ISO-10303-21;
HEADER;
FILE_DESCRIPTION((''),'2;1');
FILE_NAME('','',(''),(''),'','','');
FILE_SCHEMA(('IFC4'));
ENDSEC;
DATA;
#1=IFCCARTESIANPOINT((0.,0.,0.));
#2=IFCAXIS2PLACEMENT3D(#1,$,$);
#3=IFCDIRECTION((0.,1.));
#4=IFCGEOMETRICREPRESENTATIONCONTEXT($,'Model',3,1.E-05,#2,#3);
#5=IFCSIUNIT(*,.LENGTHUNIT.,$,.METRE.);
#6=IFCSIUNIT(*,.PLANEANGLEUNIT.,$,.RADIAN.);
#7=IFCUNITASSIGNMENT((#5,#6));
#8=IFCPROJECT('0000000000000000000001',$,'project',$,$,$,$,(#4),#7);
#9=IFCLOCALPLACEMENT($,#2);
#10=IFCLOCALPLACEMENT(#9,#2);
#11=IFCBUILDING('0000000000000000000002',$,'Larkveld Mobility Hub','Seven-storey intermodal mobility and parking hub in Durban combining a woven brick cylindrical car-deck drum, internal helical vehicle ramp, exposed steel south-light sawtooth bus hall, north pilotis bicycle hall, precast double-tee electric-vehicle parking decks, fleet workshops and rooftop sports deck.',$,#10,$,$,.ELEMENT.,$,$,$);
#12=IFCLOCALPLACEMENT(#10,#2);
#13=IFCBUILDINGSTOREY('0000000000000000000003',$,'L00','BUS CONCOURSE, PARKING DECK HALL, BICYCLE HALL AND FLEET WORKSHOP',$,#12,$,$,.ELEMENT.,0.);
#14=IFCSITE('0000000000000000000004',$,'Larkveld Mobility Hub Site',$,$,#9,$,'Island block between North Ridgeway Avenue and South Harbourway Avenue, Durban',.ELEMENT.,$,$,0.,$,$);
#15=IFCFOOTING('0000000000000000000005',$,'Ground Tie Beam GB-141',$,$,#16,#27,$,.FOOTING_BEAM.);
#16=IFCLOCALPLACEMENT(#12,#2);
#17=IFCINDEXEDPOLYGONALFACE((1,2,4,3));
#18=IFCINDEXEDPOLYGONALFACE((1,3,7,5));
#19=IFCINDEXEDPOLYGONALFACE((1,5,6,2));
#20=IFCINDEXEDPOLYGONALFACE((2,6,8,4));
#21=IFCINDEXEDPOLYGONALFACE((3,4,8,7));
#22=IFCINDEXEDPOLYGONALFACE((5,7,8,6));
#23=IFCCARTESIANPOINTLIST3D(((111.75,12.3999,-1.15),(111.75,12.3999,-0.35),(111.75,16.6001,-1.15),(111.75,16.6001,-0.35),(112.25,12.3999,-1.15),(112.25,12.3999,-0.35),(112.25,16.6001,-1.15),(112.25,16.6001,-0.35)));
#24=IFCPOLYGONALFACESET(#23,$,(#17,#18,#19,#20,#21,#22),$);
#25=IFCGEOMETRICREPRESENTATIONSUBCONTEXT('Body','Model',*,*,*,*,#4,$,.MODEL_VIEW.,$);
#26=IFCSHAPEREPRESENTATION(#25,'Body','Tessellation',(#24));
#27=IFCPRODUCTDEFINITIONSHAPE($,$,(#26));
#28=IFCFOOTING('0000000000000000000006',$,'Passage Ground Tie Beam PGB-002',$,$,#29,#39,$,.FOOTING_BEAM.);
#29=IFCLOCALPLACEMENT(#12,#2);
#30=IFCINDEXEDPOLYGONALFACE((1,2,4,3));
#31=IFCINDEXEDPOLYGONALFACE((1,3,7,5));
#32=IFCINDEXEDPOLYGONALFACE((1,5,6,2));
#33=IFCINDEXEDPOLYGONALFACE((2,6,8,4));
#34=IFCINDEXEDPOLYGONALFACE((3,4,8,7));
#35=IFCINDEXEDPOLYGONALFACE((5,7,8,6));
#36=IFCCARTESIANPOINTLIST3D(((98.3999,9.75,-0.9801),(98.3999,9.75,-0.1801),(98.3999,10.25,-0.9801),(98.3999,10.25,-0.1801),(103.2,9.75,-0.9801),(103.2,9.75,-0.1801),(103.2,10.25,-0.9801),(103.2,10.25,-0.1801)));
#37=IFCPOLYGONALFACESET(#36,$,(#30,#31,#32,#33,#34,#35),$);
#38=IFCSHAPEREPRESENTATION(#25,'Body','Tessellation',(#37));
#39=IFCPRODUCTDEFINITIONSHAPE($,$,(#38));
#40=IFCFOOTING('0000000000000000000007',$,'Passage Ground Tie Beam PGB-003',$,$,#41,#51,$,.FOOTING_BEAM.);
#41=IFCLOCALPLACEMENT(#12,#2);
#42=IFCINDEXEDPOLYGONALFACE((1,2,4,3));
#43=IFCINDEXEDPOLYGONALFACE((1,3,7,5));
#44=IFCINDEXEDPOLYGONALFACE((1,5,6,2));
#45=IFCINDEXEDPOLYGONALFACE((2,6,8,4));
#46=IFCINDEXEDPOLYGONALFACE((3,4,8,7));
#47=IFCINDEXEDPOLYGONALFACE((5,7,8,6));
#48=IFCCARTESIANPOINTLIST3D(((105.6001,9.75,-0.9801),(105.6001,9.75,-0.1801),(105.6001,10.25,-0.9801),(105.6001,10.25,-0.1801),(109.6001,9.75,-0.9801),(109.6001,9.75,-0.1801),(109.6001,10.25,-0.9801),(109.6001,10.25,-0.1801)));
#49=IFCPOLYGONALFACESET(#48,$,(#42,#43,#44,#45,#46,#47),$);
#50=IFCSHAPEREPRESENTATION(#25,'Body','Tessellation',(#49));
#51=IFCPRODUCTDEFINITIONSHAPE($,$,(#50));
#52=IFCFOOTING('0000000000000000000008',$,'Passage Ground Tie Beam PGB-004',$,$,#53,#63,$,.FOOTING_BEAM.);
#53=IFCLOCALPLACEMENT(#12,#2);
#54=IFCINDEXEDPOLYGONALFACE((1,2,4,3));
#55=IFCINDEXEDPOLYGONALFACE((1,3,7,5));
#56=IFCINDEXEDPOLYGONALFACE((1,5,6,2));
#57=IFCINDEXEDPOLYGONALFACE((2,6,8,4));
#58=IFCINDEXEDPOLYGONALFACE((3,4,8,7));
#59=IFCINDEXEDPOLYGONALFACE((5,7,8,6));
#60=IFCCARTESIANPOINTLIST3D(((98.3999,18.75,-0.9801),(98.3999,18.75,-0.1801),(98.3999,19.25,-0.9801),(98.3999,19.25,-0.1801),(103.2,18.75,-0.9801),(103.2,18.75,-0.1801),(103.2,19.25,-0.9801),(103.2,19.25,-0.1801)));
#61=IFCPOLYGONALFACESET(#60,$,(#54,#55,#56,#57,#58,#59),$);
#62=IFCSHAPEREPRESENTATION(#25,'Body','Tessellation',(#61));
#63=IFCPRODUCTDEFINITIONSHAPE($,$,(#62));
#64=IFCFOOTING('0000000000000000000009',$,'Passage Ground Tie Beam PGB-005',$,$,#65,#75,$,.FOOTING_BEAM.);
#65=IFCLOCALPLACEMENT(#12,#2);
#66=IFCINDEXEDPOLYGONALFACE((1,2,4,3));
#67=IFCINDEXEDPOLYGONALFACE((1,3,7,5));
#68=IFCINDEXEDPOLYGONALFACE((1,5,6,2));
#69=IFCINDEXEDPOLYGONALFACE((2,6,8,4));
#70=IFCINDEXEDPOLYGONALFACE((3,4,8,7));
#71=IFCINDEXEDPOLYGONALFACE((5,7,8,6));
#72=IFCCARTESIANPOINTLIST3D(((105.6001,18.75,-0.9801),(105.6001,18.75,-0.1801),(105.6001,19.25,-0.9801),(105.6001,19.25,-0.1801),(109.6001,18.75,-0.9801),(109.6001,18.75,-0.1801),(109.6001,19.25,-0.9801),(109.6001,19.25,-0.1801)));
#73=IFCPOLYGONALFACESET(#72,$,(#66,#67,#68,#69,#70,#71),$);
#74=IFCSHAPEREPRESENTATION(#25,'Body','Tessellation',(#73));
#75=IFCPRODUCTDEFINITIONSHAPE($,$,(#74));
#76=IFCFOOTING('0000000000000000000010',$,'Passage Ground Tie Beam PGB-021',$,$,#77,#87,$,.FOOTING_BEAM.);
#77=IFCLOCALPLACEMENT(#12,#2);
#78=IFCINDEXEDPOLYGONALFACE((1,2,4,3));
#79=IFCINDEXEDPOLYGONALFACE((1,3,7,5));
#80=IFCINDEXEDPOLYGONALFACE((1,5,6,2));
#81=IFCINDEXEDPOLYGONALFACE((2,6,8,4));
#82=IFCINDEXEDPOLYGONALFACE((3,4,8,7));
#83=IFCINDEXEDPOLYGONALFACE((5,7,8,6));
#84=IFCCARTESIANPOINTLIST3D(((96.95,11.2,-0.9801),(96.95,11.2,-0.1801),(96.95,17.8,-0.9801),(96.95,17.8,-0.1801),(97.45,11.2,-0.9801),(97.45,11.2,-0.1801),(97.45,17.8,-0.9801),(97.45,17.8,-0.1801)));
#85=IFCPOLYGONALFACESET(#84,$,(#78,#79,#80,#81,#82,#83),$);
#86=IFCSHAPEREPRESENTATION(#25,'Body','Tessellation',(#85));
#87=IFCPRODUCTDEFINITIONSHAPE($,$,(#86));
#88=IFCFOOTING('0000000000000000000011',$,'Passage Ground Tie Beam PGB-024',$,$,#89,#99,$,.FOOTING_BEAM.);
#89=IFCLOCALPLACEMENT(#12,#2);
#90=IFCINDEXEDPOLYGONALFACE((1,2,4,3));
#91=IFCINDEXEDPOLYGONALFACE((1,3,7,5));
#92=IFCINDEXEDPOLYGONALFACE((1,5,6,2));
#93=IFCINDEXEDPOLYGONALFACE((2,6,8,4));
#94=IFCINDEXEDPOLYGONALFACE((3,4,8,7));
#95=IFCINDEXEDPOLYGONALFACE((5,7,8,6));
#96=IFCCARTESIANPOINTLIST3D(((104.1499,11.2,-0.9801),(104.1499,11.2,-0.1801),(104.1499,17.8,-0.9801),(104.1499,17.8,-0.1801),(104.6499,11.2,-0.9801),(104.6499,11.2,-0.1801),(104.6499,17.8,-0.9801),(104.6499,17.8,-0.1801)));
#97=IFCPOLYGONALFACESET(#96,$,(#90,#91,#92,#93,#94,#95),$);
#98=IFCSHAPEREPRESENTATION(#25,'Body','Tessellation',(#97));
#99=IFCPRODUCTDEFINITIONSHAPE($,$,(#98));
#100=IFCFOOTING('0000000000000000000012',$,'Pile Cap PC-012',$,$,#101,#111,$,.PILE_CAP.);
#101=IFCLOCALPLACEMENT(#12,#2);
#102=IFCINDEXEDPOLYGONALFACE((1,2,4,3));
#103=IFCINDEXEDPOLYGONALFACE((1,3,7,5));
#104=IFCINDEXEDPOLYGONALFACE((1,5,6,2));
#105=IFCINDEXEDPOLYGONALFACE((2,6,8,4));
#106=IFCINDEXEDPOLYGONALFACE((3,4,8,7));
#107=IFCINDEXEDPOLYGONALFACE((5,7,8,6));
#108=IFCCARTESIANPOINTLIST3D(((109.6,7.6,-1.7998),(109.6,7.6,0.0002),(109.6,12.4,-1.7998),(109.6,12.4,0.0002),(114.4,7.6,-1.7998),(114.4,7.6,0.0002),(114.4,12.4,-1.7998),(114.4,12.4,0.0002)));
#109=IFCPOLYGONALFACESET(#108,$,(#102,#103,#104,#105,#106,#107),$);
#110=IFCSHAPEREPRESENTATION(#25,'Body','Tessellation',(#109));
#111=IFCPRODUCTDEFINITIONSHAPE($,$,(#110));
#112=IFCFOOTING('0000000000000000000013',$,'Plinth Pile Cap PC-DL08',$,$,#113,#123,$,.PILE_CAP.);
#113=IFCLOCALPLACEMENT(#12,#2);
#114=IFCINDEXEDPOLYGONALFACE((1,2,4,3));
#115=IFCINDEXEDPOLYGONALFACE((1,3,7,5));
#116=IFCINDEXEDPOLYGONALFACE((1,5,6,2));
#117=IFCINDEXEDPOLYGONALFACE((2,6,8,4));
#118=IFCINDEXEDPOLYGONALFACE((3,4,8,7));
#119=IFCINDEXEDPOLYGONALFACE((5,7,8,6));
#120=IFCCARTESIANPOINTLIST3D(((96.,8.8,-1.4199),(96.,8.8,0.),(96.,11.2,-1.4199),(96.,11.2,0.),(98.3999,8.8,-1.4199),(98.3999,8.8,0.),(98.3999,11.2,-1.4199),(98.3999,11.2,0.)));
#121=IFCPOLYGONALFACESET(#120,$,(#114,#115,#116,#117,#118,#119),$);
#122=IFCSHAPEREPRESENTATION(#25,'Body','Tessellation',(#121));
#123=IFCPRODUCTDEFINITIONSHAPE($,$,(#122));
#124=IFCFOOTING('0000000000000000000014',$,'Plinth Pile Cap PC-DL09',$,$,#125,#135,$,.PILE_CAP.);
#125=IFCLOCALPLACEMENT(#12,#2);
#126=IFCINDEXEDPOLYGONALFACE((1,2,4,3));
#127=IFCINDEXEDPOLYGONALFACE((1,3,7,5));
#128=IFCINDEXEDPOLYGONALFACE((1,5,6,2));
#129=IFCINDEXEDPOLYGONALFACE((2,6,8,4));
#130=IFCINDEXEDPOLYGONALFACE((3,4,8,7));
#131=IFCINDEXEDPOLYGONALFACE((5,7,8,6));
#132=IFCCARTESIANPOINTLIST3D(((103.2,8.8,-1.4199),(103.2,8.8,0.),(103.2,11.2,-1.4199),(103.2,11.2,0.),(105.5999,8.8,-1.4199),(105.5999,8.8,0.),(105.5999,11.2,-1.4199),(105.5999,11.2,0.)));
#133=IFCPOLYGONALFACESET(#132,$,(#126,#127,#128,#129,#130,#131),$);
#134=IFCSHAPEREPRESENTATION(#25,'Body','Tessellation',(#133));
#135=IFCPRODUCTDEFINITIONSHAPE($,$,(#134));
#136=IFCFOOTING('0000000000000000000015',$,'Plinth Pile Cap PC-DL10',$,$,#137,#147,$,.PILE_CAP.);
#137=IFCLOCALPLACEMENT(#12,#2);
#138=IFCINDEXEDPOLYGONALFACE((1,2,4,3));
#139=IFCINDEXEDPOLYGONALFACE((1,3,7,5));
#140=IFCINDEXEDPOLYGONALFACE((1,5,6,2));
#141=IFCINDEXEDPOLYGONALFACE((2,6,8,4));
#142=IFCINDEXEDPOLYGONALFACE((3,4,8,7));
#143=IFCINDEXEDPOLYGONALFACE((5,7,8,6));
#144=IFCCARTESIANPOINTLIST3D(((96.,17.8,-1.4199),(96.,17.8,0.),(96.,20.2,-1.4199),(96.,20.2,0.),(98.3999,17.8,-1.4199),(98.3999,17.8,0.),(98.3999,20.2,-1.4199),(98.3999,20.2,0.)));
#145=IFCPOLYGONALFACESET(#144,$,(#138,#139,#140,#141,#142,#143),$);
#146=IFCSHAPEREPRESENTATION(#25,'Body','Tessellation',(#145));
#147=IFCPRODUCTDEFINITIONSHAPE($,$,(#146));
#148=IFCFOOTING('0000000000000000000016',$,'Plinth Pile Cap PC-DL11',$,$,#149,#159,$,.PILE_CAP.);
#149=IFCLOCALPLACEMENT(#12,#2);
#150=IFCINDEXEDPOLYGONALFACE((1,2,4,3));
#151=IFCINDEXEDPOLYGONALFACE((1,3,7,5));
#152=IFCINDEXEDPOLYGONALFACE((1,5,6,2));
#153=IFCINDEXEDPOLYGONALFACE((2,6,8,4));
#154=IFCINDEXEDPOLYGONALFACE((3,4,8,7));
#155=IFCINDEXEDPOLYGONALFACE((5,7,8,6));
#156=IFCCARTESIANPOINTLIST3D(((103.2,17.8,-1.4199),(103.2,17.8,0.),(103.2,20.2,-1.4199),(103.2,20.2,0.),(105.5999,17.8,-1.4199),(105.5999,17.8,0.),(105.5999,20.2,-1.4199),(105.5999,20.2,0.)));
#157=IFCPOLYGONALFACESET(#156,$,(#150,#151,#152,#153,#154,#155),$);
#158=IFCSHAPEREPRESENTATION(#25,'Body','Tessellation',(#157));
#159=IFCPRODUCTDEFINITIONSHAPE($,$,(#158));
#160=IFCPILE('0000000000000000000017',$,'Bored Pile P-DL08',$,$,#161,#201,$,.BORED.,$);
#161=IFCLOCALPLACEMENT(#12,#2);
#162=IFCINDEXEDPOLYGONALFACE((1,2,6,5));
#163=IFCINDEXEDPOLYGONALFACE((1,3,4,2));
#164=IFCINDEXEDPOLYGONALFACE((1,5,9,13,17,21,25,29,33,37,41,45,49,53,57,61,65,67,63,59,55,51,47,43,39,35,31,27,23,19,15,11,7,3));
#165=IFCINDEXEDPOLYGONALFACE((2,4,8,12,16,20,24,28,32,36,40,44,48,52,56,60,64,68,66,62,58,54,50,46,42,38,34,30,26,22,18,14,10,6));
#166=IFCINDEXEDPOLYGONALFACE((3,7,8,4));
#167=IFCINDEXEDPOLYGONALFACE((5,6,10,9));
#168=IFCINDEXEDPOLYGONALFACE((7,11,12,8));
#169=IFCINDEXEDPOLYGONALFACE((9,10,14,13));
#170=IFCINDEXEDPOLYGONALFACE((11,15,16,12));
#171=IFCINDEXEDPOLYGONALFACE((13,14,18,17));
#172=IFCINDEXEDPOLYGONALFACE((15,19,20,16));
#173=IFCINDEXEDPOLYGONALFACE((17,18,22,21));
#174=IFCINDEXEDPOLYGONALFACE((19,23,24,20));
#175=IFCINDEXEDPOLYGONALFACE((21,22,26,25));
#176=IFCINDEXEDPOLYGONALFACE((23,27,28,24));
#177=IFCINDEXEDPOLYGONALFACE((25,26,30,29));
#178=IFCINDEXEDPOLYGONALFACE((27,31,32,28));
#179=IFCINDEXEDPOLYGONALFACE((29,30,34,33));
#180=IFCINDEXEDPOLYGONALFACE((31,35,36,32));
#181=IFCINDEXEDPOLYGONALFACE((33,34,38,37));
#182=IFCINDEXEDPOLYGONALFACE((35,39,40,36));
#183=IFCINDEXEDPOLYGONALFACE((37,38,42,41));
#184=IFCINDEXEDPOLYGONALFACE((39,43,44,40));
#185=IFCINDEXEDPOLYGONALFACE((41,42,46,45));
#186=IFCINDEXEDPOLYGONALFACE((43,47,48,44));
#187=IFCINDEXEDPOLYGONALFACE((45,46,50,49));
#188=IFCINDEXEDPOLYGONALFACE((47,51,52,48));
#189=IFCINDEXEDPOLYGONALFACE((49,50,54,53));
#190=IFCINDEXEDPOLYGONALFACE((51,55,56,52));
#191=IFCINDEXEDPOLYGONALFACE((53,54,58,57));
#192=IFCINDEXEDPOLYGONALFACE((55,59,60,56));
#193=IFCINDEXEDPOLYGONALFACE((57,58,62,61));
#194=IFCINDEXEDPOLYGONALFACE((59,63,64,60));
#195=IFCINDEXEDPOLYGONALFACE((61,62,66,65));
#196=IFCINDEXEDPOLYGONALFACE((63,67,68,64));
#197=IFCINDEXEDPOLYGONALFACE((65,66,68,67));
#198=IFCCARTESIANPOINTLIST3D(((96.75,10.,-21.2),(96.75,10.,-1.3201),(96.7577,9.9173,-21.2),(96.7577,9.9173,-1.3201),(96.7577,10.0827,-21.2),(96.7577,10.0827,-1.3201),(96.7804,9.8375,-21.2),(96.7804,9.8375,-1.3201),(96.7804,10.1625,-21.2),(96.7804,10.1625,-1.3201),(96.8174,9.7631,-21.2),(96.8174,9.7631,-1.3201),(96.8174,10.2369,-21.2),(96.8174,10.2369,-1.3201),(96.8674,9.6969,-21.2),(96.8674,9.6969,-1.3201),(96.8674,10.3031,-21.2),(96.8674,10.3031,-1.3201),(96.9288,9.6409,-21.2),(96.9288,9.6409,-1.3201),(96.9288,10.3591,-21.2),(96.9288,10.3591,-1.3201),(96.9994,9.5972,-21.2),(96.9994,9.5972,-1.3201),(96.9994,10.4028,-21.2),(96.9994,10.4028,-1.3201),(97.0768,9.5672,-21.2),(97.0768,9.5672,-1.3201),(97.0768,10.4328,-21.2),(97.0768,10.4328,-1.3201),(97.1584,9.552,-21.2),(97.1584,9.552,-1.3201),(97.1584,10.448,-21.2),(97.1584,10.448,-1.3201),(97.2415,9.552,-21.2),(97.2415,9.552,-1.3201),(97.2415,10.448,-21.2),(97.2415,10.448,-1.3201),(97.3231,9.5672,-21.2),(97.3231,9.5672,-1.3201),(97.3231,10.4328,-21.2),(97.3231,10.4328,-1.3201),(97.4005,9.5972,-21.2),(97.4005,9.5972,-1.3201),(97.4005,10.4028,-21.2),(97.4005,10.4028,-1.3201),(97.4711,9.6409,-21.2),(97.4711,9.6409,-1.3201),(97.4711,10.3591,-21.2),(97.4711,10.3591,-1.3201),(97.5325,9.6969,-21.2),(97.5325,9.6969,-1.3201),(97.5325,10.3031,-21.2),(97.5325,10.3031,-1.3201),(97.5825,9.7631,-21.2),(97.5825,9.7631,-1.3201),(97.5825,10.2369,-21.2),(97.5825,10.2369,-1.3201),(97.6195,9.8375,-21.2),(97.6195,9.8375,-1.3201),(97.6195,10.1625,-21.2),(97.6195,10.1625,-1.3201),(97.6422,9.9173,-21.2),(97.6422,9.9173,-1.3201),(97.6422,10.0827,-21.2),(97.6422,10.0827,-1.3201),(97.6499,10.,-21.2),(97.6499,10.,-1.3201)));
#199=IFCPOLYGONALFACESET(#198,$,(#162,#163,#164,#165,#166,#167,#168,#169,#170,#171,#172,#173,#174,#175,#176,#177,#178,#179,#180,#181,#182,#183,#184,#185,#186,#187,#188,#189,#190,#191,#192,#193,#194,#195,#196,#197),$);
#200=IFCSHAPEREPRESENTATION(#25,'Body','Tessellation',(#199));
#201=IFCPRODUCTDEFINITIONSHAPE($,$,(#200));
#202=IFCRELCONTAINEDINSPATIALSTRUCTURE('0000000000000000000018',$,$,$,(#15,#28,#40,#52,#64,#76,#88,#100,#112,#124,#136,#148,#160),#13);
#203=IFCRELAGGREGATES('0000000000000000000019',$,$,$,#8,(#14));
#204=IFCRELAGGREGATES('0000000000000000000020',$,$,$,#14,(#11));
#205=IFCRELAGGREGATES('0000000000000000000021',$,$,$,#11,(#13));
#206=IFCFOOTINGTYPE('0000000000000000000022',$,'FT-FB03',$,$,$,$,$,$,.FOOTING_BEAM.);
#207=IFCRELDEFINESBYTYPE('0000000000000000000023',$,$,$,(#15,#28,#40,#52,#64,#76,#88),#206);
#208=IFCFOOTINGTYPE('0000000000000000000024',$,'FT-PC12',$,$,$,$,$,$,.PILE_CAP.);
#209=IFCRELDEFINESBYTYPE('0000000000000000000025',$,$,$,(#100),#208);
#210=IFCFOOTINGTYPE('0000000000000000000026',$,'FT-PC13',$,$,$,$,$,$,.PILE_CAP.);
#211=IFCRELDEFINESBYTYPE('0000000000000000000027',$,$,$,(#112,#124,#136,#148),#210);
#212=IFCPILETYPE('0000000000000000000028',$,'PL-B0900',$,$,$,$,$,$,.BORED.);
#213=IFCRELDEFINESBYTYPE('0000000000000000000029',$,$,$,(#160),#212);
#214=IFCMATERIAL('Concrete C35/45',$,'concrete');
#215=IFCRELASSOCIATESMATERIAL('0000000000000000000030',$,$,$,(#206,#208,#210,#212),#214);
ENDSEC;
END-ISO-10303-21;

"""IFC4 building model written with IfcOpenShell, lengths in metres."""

from ifc_helpers import new_model, si_unit, direction, frame, origin, origin_2d, place, context, subcontext, project, spatial, rectangle, circle, extrude, material, material_profile, profile_set, type_object, element, save


model = new_model("IFC4")

# Units and contexts
model_context = context("Model", 3, precision=1e-05, world=origin(), true_north=direction((0.0, 1.0)))
body_context = subcontext(model_context, "Body", "Model", "MODEL_VIEW")
ifc_project = project(units=[si_unit("LENGTHUNIT", "METRE"), si_unit("PLANEANGLEUNIT", "RADIAN")], contexts=[model_context])

# Site, building, storey
site_placement = place(None, origin())
site = spatial("IfcSite", under=ifc_project, at=site_placement, Name="Larkveld Mobility Hub Site", LongName="Island block between North Ridgeway Avenue and South Harbourway Avenue, Durban", CompositionType="ELEMENT", RefElevation=0.0)
building_placement = place(site_placement, origin())
building = spatial("IfcBuilding", under=site, at=building_placement, Name="Larkveld Mobility Hub", Description="Seven-storey intermodal mobility and parking hub in Durban combining a woven brick cylindrical car-deck drum, internal helical vehicle ramp, exposed steel south-light sawtooth bus hall, north pilotis bicycle hall, precast double-tee electric-vehicle parking decks, fleet workshops and rooftop sports deck.", CompositionType="ELEMENT")
storey_placement = place(building_placement, origin())
storey = spatial("IfcBuildingStorey", under=building, at=storey_placement, Name="L00", Description="BUS CONCOURSE, PARKING DECK HALL, BICYCLE HALL AND FLEET WORKSHOP", CompositionType="ELEMENT", Elevation=0.0)

# Footings
ifc_material_1 = material(Name="Concrete C35/45", Category="concrete")
ifc_material_profile_1 = material_profile(ifc_material_1, rectangle(XDim=0.5, YDim=0.8, at=origin_2d()), Name="RC BM 500x800")
ifc_profile_set_1 = profile_set([ifc_material_profile_1], Name="Concrete C35/45")
footing_type_1 = type_object("IfcFootingType", Name="FT-FB03", PredefinedType="FOOTING_BEAM", material=ifc_profile_set_1)
footing_1_placement = place(storey_placement, frame((112.0, 12.3999, -0.75), z_axis=(0.0, 1.0, 0.0), x_axis=(-1.0, 0.0, 0.0)))
element("IfcFooting", 1, at=footing_1_placement, inside=storey, type_object=footing_type_1, Name="Ground Tie Beam GB-141", PredefinedType="FOOTING_BEAM", context=body_context, shape_type="SweptSolid", body=[
    extrude(rectangle(XDim=0.5, YDim=0.8, at=origin_2d()), origin(), (0.0, 0.0, 1.0), 4.2002),
])
footing_2_placement = place(storey_placement, frame((98.3999, 10.0, -0.5801), z_axis=(1.0, 0.0, 0.0), x_axis=(0.0, 1.0, 0.0)))
element("IfcFooting", 2, at=footing_2_placement, inside=storey, type_object=footing_type_1, Name="Passage Ground Tie Beam PGB-002", PredefinedType="FOOTING_BEAM", context=body_context, shape_type="SweptSolid", body=[
    extrude(rectangle(XDim=0.5, YDim=0.8, at=origin_2d()), origin(), (0.0, 0.0, 1.0), 4.8),
])
footing_3_placement = place(storey_placement, frame((105.6001, 10.0, -0.5801), z_axis=(1.0, 0.0, 0.0), x_axis=(0.0, 1.0, 0.0)))
element("IfcFooting", 3, at=footing_3_placement, inside=storey, type_object=footing_type_1, Name="Passage Ground Tie Beam PGB-003", PredefinedType="FOOTING_BEAM", context=body_context, shape_type="SweptSolid", body=[
    extrude(rectangle(XDim=0.5, YDim=0.8, at=origin_2d()), origin(), (0.0, 0.0, 1.0), 4.0),
])
footing_4_placement = place(storey_placement, frame((98.3999, 19.0, -0.5801), z_axis=(1.0, 0.0, 0.0), x_axis=(0.0, 1.0, 0.0)))
element("IfcFooting", 4, at=footing_4_placement, inside=storey, type_object=footing_type_1, Name="Passage Ground Tie Beam PGB-004", PredefinedType="FOOTING_BEAM", context=body_context, shape_type="SweptSolid", body=[
    extrude(rectangle(XDim=0.5, YDim=0.8, at=origin_2d()), origin(), (0.0, 0.0, 1.0), 4.8),
])
footing_5_placement = place(storey_placement, frame((105.6001, 19.0, -0.5801), z_axis=(1.0, 0.0, 0.0), x_axis=(0.0, 1.0, 0.0)))
element("IfcFooting", 5, at=footing_5_placement, inside=storey, type_object=footing_type_1, Name="Passage Ground Tie Beam PGB-005", PredefinedType="FOOTING_BEAM", context=body_context, shape_type="SweptSolid", body=[
    extrude(rectangle(XDim=0.5, YDim=0.8, at=origin_2d()), origin(), (0.0, 0.0, 1.0), 4.0),
])
for number, where, z_axis, x_axis, name in (
    (6, (97.2, 11.2, -0.5801), (0.0, 1.0, 0.0), (-1.0, 0.0, 0.0), "Passage Ground Tie Beam PGB-021"),
    (7, (104.3999, 11.2, -0.5801), (0.0, 1.0, 0.0), (-1.0, 0.0, 0.0), "Passage Ground Tie Beam PGB-024"),
):
    element("IfcFooting", number, at=place(storey_placement, frame(where, z_axis=z_axis, x_axis=x_axis)), inside=storey, type_object=footing_type_1, Name=name, PredefinedType="FOOTING_BEAM", context=body_context, shape_type="SweptSolid", body=[
        extrude(rectangle(XDim=0.5, YDim=0.8, at=origin_2d()), origin(), (0.0, 0.0, 1.0), 6.6001),
    ])
footing_type_2 = type_object("IfcFootingType", Name="FT-PC12", PredefinedType="PILE_CAP", material=ifc_material_1)
footing_6_placement = place(storey_placement, frame((112.0, 10.0, -1.7998), z_axis=(0.0, 0.0, 1.0), x_axis=(1.0, 0.0, 0.0)))
element("IfcFooting", 8, at=footing_6_placement, inside=storey, type_object=footing_type_2, Name="Pile Cap PC-012", PredefinedType="PILE_CAP", context=body_context, shape_type="SweptSolid", body=[
    extrude(rectangle(XDim=4.8, YDim=4.8, at=origin_2d()), origin(), (0.0, 0.0, 1.0), 1.8),
])
footing_type_3 = type_object("IfcFootingType", Name="FT-PC13", PredefinedType="PILE_CAP", material=ifc_material_1)
for number, where, z_axis, x_axis, name in (
    (9, (97.2, 10.0, -1.4199), (0.0, 0.0, 1.0), (1.0, 0.0, 0.0), "Plinth Pile Cap PC-DL08"),
    (10, (104.3999, 10.0, -1.4199), (0.0, 0.0, 1.0), (1.0, 0.0, 0.0), "Plinth Pile Cap PC-DL09"),
    (11, (97.2, 19.0, -1.4199), (0.0, 0.0, 1.0), (1.0, 0.0, 0.0), "Plinth Pile Cap PC-DL10"),
    (12, (104.3999, 19.0, -1.4199), (0.0, 0.0, 1.0), (1.0, 0.0, 0.0), "Plinth Pile Cap PC-DL11"),
):
    element("IfcFooting", number, at=place(storey_placement, frame(where, z_axis=z_axis, x_axis=x_axis)), inside=storey, type_object=footing_type_3, Name=name, PredefinedType="PILE_CAP", context=body_context, shape_type="SweptSolid", body=[
        extrude(rectangle(XDim=2.3999, YDim=2.3999, at=origin_2d()), origin(), (0.0, 0.0, 1.0), 1.4199),
    ])

# Pile
ifc_material_profile_2 = material_profile(ifc_material_1, circle(Radius=0.45, at=origin_2d()), Name="PILE D900")
ifc_profile_set_2 = profile_set([ifc_material_profile_2], Name="Concrete C35/45")
pile_type_1 = type_object("IfcPileType", Name="PL-B0900", PredefinedType="BORED", material=ifc_profile_set_2)
for number, where, z_axis, x_axis, name in (
    (13, (97.2, 10.0, -1.3201), (0.0, 0.0, -1.0), (1.0, 0.0, 0.0), "Bored Pile P-DL08"),
):
    element("IfcPile", number, at=place(storey_placement, frame(where, z_axis=z_axis, x_axis=x_axis)), inside=storey, type_object=pile_type_1, Name=name, PredefinedType="BORED", context=body_context, shape_type="SweptSolid", body=[
        extrude(circle(Radius=0.45, at=origin_2d()), origin(), (0.0, 0.0, 1.0), 19.8799),
    ])

save(model, "model.ifc")
